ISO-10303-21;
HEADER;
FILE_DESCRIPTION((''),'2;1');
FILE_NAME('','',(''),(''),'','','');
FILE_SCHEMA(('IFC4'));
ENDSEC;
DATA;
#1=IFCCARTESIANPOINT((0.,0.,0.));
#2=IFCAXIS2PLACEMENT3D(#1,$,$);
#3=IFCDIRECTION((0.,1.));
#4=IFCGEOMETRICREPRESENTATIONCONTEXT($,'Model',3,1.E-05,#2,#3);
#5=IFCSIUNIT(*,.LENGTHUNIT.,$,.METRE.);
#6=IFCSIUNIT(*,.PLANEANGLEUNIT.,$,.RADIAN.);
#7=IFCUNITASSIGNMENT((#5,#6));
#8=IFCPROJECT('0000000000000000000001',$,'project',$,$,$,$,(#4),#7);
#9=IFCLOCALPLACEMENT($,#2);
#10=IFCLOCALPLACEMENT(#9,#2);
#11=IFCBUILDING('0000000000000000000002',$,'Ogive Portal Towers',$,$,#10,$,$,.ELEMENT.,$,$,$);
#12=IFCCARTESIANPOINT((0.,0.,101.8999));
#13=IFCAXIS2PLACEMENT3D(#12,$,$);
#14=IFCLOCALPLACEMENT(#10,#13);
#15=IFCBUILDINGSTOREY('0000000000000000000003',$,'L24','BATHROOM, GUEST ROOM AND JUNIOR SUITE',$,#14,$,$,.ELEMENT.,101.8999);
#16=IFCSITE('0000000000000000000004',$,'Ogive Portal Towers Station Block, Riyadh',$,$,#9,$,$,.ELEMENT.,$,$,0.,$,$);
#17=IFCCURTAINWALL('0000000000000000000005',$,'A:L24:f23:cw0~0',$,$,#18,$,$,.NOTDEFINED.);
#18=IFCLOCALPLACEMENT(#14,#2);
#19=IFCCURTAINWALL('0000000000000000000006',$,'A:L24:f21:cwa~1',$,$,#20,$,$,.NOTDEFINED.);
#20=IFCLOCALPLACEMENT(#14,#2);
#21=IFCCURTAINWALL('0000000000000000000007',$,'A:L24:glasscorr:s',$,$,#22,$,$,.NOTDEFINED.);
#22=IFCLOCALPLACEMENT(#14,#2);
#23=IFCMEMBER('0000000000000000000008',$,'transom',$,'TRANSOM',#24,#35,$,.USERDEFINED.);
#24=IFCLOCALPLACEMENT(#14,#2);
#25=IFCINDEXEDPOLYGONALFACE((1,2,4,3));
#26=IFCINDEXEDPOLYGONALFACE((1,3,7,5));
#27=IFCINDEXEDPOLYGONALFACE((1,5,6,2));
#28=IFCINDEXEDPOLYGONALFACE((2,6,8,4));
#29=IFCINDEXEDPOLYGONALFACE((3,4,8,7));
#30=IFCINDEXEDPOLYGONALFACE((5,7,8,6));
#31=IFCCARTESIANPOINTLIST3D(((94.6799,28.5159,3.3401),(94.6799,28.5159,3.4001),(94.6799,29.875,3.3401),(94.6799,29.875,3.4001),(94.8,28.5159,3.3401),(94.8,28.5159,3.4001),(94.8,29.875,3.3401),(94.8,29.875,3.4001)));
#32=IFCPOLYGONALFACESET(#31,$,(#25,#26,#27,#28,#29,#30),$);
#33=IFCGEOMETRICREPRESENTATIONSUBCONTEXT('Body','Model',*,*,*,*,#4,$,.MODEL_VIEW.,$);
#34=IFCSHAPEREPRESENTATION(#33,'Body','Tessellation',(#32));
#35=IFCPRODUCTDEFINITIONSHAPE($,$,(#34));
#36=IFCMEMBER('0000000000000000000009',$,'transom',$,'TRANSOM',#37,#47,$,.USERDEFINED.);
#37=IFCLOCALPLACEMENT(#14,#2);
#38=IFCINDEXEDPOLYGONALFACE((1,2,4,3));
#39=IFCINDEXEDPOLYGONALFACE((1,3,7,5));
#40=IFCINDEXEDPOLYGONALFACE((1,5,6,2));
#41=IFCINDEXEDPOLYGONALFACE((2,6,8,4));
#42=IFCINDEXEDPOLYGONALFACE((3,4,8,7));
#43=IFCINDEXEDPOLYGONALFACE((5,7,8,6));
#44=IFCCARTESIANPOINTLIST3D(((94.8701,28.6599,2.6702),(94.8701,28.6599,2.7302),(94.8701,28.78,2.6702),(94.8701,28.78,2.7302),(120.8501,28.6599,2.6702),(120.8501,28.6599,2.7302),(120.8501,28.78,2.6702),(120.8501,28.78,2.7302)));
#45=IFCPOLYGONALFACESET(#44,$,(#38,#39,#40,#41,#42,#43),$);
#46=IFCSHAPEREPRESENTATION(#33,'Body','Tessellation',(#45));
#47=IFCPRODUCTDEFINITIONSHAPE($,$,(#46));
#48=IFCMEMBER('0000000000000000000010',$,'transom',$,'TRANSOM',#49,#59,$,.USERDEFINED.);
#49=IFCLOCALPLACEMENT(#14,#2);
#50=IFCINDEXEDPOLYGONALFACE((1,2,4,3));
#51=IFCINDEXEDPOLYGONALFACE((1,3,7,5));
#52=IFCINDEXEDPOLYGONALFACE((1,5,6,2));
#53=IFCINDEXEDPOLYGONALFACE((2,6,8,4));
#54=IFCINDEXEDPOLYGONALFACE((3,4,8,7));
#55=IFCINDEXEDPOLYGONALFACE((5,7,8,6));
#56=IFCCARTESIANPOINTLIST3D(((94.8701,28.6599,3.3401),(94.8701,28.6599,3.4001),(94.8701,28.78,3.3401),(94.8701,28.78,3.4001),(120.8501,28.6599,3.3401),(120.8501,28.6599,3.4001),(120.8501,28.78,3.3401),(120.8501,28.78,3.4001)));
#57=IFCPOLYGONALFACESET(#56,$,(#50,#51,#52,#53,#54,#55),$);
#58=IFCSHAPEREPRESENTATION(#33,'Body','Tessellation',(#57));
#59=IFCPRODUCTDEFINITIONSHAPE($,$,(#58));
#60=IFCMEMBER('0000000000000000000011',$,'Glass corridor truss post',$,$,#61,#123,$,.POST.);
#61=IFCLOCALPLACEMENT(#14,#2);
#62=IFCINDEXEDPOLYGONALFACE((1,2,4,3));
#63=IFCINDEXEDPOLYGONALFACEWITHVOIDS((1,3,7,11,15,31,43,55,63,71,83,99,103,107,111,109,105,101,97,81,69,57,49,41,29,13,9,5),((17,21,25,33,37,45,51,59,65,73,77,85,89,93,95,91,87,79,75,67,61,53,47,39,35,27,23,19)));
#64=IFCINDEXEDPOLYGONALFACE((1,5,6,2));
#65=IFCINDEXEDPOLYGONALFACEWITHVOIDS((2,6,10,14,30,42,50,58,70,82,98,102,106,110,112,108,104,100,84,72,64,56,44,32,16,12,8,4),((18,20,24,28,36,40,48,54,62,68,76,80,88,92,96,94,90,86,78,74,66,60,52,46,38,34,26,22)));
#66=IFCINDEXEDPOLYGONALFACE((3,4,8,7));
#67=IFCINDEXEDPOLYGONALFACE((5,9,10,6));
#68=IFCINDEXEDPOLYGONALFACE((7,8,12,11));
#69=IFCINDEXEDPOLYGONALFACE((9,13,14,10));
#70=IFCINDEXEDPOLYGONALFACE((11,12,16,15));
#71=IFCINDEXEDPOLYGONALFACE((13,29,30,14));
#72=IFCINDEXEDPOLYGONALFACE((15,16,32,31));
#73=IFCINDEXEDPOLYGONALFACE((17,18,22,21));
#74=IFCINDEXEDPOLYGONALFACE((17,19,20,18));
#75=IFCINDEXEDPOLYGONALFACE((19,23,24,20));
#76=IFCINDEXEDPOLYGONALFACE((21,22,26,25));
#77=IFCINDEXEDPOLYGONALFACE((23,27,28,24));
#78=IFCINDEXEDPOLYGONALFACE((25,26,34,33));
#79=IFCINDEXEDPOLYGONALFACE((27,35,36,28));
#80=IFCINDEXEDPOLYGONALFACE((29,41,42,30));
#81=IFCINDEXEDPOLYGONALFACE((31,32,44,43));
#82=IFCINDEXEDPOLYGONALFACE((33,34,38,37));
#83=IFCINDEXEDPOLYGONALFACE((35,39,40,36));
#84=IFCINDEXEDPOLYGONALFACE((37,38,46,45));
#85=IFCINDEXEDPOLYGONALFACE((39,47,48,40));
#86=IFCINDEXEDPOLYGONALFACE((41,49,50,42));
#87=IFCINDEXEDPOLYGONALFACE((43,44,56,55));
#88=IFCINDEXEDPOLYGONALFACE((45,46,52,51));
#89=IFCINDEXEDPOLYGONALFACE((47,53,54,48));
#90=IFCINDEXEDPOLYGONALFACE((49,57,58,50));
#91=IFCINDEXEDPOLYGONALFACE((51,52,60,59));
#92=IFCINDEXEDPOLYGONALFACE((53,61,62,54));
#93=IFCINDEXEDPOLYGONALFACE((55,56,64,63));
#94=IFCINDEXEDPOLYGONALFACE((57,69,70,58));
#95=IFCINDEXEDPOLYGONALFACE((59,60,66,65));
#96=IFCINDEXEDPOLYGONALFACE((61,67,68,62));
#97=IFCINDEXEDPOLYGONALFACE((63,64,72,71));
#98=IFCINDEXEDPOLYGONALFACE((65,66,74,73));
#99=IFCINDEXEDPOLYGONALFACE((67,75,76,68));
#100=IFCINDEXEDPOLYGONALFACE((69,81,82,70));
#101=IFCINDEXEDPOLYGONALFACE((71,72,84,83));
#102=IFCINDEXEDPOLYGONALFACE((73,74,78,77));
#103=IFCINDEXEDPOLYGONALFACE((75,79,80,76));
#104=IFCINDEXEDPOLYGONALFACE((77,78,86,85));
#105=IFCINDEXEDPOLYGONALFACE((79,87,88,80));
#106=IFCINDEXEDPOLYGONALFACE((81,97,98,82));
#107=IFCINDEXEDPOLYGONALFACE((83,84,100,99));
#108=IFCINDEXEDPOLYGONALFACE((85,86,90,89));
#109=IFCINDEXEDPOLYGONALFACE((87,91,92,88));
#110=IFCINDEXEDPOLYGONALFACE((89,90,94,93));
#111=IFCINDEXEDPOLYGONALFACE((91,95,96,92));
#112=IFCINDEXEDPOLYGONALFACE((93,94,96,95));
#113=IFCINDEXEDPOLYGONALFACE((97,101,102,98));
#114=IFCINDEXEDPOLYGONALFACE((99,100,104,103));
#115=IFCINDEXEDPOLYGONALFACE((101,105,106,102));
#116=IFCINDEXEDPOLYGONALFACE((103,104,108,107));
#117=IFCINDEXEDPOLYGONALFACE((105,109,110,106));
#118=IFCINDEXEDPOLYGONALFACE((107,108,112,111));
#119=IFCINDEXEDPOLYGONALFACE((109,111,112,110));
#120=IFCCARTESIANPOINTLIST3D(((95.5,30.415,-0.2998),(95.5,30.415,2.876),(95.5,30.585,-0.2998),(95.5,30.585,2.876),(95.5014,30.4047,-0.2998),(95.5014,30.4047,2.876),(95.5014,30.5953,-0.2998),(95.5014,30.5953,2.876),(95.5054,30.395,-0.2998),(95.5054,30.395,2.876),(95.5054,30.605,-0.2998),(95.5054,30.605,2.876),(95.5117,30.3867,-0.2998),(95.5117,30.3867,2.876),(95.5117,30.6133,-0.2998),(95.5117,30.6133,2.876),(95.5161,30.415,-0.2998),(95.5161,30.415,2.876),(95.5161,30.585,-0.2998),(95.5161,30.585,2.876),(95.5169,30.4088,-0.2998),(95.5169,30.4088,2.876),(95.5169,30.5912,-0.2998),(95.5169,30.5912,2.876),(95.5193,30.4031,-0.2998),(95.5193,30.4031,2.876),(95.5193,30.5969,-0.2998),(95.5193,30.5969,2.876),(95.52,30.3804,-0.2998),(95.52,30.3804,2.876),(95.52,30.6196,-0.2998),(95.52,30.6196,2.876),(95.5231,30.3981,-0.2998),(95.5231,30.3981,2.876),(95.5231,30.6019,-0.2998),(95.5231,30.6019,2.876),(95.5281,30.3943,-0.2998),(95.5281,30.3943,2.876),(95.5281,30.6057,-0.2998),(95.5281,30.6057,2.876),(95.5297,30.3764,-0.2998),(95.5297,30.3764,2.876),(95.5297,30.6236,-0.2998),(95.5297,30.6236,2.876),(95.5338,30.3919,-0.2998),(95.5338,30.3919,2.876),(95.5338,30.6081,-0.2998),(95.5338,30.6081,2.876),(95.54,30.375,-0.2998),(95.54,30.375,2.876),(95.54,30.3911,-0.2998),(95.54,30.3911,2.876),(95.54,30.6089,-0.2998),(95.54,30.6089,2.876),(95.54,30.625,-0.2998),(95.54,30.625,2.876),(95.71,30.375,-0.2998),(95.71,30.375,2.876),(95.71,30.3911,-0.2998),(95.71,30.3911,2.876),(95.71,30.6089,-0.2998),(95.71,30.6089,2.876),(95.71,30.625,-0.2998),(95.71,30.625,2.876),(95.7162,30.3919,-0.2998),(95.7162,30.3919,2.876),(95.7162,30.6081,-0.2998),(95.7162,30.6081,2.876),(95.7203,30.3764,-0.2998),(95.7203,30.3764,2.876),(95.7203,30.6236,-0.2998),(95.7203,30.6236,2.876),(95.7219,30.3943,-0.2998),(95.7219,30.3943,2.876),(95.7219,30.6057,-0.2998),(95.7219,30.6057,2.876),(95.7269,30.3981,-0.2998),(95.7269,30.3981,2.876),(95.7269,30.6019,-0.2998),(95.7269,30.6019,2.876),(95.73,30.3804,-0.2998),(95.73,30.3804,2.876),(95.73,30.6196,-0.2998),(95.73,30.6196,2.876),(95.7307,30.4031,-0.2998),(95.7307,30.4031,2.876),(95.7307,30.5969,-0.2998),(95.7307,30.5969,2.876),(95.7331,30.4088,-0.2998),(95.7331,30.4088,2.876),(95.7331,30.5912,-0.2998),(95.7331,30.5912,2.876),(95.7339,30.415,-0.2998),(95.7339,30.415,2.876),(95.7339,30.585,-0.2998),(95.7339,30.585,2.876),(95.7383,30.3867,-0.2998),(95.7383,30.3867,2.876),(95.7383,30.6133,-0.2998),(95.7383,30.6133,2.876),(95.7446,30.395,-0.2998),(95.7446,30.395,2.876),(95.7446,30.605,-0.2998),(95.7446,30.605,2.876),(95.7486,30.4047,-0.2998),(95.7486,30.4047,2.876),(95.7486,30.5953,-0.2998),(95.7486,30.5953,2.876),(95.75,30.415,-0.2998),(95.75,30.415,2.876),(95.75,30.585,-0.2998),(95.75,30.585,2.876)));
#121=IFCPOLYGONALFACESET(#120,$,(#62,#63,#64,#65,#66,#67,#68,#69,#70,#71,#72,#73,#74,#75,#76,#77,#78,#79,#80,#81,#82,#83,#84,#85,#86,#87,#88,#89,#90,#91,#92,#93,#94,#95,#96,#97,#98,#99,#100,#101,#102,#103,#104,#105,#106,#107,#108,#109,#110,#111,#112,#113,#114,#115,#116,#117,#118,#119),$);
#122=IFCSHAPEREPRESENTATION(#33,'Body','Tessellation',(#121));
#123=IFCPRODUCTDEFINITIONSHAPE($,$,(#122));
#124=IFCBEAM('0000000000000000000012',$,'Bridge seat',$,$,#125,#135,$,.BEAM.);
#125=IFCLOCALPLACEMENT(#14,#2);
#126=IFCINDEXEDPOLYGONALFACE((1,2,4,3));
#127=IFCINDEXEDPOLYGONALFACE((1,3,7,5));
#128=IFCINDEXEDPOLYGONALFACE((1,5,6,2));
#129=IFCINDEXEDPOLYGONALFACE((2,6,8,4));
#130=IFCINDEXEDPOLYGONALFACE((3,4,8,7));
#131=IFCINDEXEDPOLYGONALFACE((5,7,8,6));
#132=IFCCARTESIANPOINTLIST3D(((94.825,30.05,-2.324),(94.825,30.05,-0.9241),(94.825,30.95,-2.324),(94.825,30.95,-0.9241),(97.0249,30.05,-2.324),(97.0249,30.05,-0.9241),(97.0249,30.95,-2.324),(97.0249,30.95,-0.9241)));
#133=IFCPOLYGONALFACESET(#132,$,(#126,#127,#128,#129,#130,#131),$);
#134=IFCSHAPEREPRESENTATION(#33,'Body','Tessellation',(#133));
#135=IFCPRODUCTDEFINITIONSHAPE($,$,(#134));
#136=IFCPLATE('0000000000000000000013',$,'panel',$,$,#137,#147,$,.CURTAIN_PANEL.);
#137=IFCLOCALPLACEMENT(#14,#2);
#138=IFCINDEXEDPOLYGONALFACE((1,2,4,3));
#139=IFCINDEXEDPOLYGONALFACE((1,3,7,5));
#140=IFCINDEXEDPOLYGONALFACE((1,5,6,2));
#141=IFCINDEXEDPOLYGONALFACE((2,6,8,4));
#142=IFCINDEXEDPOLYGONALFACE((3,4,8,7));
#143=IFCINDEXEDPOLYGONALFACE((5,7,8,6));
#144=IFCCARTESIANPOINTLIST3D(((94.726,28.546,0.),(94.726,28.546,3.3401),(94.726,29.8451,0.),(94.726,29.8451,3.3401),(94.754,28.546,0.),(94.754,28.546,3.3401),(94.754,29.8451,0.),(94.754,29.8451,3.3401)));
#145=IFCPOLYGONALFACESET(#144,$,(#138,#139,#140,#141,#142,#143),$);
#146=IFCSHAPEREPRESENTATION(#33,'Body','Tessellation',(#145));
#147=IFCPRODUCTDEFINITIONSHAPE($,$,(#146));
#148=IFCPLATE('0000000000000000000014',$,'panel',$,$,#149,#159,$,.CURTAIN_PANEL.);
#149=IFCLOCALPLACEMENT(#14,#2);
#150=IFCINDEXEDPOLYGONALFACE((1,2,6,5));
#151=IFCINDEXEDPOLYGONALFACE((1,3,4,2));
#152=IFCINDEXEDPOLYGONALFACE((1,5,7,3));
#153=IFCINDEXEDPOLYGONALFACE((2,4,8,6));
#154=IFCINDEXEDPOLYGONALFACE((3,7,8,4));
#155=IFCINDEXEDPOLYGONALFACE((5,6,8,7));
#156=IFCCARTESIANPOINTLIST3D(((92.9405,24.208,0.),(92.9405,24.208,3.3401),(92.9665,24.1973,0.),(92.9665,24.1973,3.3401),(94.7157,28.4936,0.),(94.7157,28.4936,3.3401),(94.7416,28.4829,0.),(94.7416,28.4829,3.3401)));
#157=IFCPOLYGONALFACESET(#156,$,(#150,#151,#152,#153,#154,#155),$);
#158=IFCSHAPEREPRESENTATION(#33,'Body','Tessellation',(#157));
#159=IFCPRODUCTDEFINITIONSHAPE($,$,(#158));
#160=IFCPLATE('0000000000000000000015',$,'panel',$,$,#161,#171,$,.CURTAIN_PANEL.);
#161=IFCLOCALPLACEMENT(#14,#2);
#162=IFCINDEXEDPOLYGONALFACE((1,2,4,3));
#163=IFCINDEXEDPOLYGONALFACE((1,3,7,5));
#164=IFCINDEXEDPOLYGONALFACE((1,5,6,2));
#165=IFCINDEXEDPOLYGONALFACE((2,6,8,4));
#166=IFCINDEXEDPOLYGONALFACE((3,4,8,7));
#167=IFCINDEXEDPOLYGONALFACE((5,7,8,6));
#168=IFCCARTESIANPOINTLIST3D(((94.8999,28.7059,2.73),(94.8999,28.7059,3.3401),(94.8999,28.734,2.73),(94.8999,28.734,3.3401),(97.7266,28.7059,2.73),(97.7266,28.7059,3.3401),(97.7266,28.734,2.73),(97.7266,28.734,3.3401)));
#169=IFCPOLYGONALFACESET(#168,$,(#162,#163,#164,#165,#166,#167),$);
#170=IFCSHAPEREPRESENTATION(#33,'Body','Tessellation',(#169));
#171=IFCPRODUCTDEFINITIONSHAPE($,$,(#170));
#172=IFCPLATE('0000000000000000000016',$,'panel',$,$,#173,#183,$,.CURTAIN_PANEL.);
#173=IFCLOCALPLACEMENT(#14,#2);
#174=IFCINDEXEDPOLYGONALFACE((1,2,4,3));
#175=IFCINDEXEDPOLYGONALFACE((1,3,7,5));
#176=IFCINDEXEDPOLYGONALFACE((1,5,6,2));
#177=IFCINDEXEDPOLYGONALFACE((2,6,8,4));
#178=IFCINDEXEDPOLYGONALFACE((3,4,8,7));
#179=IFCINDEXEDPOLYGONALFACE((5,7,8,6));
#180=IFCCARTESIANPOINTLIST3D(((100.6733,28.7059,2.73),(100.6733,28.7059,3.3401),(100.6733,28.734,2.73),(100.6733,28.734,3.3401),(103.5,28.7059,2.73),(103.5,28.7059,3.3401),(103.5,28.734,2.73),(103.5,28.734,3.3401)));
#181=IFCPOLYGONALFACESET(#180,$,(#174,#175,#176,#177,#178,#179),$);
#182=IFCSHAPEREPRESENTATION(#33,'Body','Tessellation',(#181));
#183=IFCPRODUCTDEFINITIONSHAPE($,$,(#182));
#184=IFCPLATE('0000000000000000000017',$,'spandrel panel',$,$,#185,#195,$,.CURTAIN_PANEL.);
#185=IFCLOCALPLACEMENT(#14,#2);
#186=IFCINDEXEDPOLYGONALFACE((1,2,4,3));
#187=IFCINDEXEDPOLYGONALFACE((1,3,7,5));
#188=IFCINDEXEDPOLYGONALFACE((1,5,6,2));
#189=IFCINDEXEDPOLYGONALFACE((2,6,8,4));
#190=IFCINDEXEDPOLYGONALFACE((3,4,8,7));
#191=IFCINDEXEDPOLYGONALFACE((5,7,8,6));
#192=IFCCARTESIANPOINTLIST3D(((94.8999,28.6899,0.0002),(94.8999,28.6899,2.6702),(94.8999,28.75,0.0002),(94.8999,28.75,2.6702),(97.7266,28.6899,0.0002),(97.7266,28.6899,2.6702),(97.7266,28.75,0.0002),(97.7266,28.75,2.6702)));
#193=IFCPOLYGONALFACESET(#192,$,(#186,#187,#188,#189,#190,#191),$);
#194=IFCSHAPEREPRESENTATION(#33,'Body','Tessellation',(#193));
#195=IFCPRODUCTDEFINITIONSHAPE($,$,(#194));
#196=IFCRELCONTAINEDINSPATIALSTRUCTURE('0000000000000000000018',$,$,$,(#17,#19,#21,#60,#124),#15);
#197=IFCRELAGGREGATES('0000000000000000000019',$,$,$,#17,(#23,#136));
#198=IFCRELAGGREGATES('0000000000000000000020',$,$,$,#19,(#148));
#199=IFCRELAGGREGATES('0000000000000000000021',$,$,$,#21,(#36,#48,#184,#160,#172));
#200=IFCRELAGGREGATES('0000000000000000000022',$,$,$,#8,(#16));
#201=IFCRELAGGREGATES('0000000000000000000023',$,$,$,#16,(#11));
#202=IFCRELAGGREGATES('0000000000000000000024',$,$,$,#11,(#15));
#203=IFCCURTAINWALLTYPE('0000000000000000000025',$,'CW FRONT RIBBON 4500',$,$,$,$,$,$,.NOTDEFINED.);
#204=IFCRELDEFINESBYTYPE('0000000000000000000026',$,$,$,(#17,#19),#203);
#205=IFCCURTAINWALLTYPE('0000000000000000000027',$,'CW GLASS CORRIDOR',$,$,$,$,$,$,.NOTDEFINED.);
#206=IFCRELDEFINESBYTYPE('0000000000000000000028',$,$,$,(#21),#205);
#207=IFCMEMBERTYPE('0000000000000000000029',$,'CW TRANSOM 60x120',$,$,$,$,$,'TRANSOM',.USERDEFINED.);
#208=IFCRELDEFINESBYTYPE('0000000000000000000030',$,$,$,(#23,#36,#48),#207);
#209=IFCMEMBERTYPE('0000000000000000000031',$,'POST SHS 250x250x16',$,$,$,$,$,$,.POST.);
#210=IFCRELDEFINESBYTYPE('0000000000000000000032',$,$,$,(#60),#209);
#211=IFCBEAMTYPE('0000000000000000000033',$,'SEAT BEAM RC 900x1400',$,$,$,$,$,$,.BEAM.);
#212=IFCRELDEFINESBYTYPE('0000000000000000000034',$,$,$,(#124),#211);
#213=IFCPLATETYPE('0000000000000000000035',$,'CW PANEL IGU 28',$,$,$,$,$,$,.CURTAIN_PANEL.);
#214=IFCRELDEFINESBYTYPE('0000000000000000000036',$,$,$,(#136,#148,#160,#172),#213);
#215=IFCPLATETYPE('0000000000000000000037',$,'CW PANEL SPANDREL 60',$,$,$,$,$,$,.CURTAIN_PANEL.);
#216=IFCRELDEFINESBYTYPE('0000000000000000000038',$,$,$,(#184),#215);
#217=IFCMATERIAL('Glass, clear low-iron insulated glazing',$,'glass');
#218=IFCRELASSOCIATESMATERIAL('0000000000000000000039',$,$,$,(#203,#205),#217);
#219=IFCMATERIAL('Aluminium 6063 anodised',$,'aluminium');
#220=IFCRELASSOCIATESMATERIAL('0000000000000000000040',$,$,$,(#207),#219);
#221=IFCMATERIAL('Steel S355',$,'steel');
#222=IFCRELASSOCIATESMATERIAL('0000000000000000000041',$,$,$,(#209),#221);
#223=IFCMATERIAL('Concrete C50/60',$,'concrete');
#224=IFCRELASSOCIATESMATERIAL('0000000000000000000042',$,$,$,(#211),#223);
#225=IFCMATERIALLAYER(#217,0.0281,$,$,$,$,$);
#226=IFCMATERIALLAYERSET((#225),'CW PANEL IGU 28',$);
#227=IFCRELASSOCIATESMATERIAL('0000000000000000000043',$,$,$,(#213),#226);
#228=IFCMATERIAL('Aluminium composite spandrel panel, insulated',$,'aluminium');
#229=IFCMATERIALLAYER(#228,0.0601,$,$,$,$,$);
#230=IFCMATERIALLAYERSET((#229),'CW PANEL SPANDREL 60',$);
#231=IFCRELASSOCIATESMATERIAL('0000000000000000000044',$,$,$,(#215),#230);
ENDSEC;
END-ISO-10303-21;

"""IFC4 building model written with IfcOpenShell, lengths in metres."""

from ifc_helpers import new_model, si_unit, direction, frame, origin, origin_2d, place, context, subcontext, project, spatial, rectangle, hollow_rectangle, extrude, material, layer, layer_set, material_profile, profile_set, type_object, element, aggregate, save


model = new_model("IFC4")

# Units and contexts
model_context = context("Model", 3, precision=1e-05, world=origin(), true_north=direction((0.0, 1.0)))
body_context = subcontext(model_context, "Body", "Model", "MODEL_VIEW")
ifc_project = project(units=[si_unit("LENGTHUNIT", "METRE"), si_unit("PLANEANGLEUNIT", "RADIAN")], contexts=[model_context])

# Site, building, storey
site_placement = place(None, origin())
site = spatial("IfcSite", under=ifc_project, at=site_placement, Name="Ogive Portal Towers Station Block, Riyadh", CompositionType="ELEMENT", RefElevation=0.0)
building_placement = place(site_placement, origin())
building = spatial("IfcBuilding", under=site, at=building_placement, Name="Ogive Portal Towers", CompositionType="ELEMENT")
storey_placement = place(building_placement, frame((0.0, 0.0, 101.8999)))
storey = spatial("IfcBuildingStorey", under=building, at=storey_placement, Name="L24", Description="BATHROOM, GUEST ROOM AND JUNIOR SUITE", CompositionType="ELEMENT", Elevation=101.8999)

# Shared definitions
ifc_material_1 = material(Name="Steel S355", Category="steel")

# Curtain wall
ifc_material_2 = material(Name="Glass, clear low-iron insulated glazing", Category="glass")
curtain_wall_type_1 = type_object("IfcCurtainWallType", Name="CW FRONT RIBBON 4500", PredefinedType="NOTDEFINED", material=ifc_material_2)
curtain_wall_1_placement = place(storey_placement, origin())
curtain_wall_1 = element("IfcCurtainWall", 1, at=curtain_wall_1_placement, inside=storey, type_object=curtain_wall_type_1, Name="A:L24:f23:cw0~0", PredefinedType="NOTDEFINED")
ifc_material_3 = material(Name="Aluminium 6063 anodised", Category="aluminium")

# Curtain wall
curtain_wall_2_placement = place(storey_placement, origin())
curtain_wall_2 = element("IfcCurtainWall", 2, at=curtain_wall_2_placement, inside=storey, type_object=curtain_wall_type_1, Name="A:L24:f21:cwa~1", PredefinedType="NOTDEFINED")

# Curtain wall
curtain_wall_type_2 = type_object("IfcCurtainWallType", Name="CW GLASS CORRIDOR", PredefinedType="NOTDEFINED", material=ifc_material_2)
curtain_wall_3_placement = place(storey_placement, origin())
curtain_wall_3 = element("IfcCurtainWall", 3, at=curtain_wall_3_placement, inside=storey, type_object=curtain_wall_type_2, Name="A:L24:glasscorr:s", PredefinedType="NOTDEFINED")

# Members
ifc_material_profile_1 = material_profile(ifc_material_3, rectangle(XDim=0.1201, YDim=0.0601, at=origin_2d()), Name="AL 120x60")
ifc_profile_set_1 = profile_set([ifc_material_profile_1], Name="Aluminium 6063 anodised")
member_type_1 = type_object("IfcMemberType", Name="CW TRANSOM 60x120", ElementType="TRANSOM", PredefinedType="USERDEFINED", material=ifc_profile_set_1)
member_1_placement = place(storey_placement, frame((94.74, 28.5159, 3.3701), z_axis=(0.0, 1.0, 0.0), x_axis=(-1.0, 0.0, 0.0)))
member_1 = element("IfcMember", 4, at=member_1_placement, type_object=member_type_1, Name="transom", ObjectType="TRANSOM", PredefinedType="USERDEFINED", context=body_context, shape_type="SweptSolid", body=[
    extrude(rectangle(XDim=0.1201, YDim=0.0601, at=origin_2d()), origin(), (0.0, 0.0, 1.0), 1.3591),
])
member_2_placement = place(storey_placement, frame((94.8701, 28.72, 2.7002), z_axis=(1.0, 0.0, 0.0), x_axis=(0.0, 1.0, 0.0)))
member_2 = element("IfcMember", 5, at=member_2_placement, type_object=member_type_1, Name="transom", ObjectType="TRANSOM", PredefinedType="USERDEFINED", context=body_context, shape_type="SweptSolid", body=[
    extrude(rectangle(XDim=0.1201, YDim=0.0601, at=origin_2d()), origin(), (0.0, 0.0, 1.0), 25.98),
])
member_3_placement = place(storey_placement, frame((94.8701, 28.72, 3.3701), z_axis=(1.0, 0.0, 0.0), x_axis=(0.0, 1.0, 0.0)))
member_3 = element("IfcMember", 6, at=member_3_placement, type_object=member_type_1, Name="transom", ObjectType="TRANSOM", PredefinedType="USERDEFINED", context=body_context, shape_type="SweptSolid", body=[
    extrude(rectangle(XDim=0.1201, YDim=0.0601, at=origin_2d()), origin(), (0.0, 0.0, 1.0), 25.98),
])
ifc_material_profile_2 = material_profile(ifc_material_1, hollow_rectangle(XDim=0.25, YDim=0.25, WallThickness=0.0161, InnerFilletRadius=0.0239, OuterFilletRadius=0.04, at=origin_2d()), Name="SHS 250x250x16")
ifc_profile_set_2 = profile_set([ifc_material_profile_2], Name="Steel S355")
member_type_2 = type_object("IfcMemberType", Name="POST SHS 250x250x16", PredefinedType="POST", material=ifc_profile_set_2)
member_4_placement = place(storey_placement, frame((95.625, 30.5, -0.2998), z_axis=(0.0, 0.0, 1.0), x_axis=(1.0, 0.0, 0.0)))
element("IfcMember", 7, at=member_4_placement, inside=storey, type_object=member_type_2, Name="Glass corridor truss post", PredefinedType="POST", context=body_context, shape_type="SweptSolid", body=[
    extrude(hollow_rectangle(XDim=0.25, YDim=0.25, WallThickness=0.0161, InnerFilletRadius=0.0239, OuterFilletRadius=0.04, at=origin_2d()), origin(), (0.0, 0.0, 1.0), 3.1758),
])

# Beam
ifc_material_4 = material(Name="Concrete C50/60", Category="concrete")
ifc_material_profile_3 = material_profile(ifc_material_4, rectangle(XDim=0.8999, YDim=1.3999, at=origin_2d()), Name="RC 900x1400")
ifc_profile_set_3 = profile_set([ifc_material_profile_3], Name="Concrete C50/60")
beam_type_1 = type_object("IfcBeamType", Name="SEAT BEAM RC 900x1400", PredefinedType="BEAM", material=ifc_profile_set_3)
beam_1_placement = place(storey_placement, frame((94.825, 30.5, -1.624), z_axis=(1.0, 0.0, 0.0), x_axis=(0.0, 1.0, 0.0)))
element("IfcBeam", 8, at=beam_1_placement, inside=storey, type_object=beam_type_1, Name="Bridge seat", PredefinedType="BEAM", context=body_context, shape_type="SweptSolid", body=[
    extrude(rectangle(XDim=0.8999, YDim=1.3999, at=origin_2d()), origin(), (0.0, 0.0, 1.0), 2.2),
])

# Plates
ifc_layer_1 = layer(ifc_material_2, 0.0281)
ifc_layer_set_1 = layer_set([ifc_layer_1], Name="CW PANEL IGU 28")
plate_type_1 = type_object("IfcPlateType", Name="CW PANEL IGU 28", PredefinedType="CURTAIN_PANEL", material=ifc_layer_set_1)
plate_1_placement = place(storey_placement, frame((94.74, 29.1956, 0.0), z_axis=(0.0, 0.0, 1.0), x_axis=(0.0, 1.0, 0.0)))
plate_1 = element("IfcPlate", 9, at=plate_1_placement, type_object=plate_type_1, Name="panel", PredefinedType="CURTAIN_PANEL", context=body_context, shape_type="SweptSolid", body=[
    extrude(rectangle(XDim=1.2991, YDim=0.0281, at=origin_2d()), origin(), (0.0, 0.0, 1.0), 3.3401),
])
aggregate(curtain_wall_1, [member_1, plate_1])
plate_2_placement = place(storey_placement, frame((93.8411, 26.3455, 0.0), z_axis=(0.0, 0.0, 1.0), x_axis=(0.382683, 0.92388, 0.0)))
plate_2 = element("IfcPlate", 10, at=plate_2_placement, type_object=plate_type_1, Name="panel", PredefinedType="CURTAIN_PANEL", context=body_context, shape_type="SweptSolid", body=[
    extrude(rectangle(XDim=4.6387, YDim=0.0281, at=origin_2d()), origin(), (0.0, 0.0, 1.0), 3.3401),
])
aggregate(curtain_wall_2, [plate_2])
plate_3_placement = place(storey_placement, frame((96.3132, 28.72, 2.73), z_axis=(0.0, 0.0, 1.0), x_axis=(1.0, 0.0, 0.0)))
plate_3 = element("IfcPlate", 11, at=plate_3_placement, type_object=plate_type_1, Name="panel", PredefinedType="CURTAIN_PANEL", context=body_context, shape_type="SweptSolid", body=[
    extrude(rectangle(XDim=2.8267, YDim=0.0281, at=origin_2d()), origin(), (0.0, 0.0, 1.0), 0.6101),
])
plate_4_placement = place(storey_placement, frame((102.0867, 28.72, 2.73), z_axis=(0.0, 0.0, 1.0), x_axis=(1.0, 0.0, 0.0)))
plate_4 = element("IfcPlate", 12, at=plate_4_placement, type_object=plate_type_1, Name="panel", PredefinedType="CURTAIN_PANEL", context=body_context, shape_type="SweptSolid", body=[
    extrude(rectangle(XDim=2.8267, YDim=0.0281, at=origin_2d()), origin(), (0.0, 0.0, 1.0), 0.6101),
])
ifc_material_5 = material(Name="Aluminium composite spandrel panel, insulated", Category="aluminium")
ifc_layer_2 = layer(ifc_material_5, 0.0601)
ifc_layer_set_2 = layer_set([ifc_layer_2], Name="CW PANEL SPANDREL 60")
plate_type_2 = type_object("IfcPlateType", Name="CW PANEL SPANDREL 60", PredefinedType="CURTAIN_PANEL", material=ifc_layer_set_2)
plate_5_placement = place(storey_placement, frame((96.3132, 28.72, 0.0002), z_axis=(0.0, 0.0, 1.0), x_axis=(1.0, 0.0, 0.0)))
plate_5 = element("IfcPlate", 13, at=plate_5_placement, type_object=plate_type_2, Name="spandrel panel", PredefinedType="CURTAIN_PANEL", context=body_context, shape_type="SweptSolid", body=[
    extrude(rectangle(XDim=2.8267, YDim=0.0601, at=origin_2d()), origin(), (0.0, 0.0, 1.0), 2.6699),
])
aggregate(curtain_wall_3, [member_2, member_3, plate_5, plate_3, plate_4])

save(model, "model.ifc")
